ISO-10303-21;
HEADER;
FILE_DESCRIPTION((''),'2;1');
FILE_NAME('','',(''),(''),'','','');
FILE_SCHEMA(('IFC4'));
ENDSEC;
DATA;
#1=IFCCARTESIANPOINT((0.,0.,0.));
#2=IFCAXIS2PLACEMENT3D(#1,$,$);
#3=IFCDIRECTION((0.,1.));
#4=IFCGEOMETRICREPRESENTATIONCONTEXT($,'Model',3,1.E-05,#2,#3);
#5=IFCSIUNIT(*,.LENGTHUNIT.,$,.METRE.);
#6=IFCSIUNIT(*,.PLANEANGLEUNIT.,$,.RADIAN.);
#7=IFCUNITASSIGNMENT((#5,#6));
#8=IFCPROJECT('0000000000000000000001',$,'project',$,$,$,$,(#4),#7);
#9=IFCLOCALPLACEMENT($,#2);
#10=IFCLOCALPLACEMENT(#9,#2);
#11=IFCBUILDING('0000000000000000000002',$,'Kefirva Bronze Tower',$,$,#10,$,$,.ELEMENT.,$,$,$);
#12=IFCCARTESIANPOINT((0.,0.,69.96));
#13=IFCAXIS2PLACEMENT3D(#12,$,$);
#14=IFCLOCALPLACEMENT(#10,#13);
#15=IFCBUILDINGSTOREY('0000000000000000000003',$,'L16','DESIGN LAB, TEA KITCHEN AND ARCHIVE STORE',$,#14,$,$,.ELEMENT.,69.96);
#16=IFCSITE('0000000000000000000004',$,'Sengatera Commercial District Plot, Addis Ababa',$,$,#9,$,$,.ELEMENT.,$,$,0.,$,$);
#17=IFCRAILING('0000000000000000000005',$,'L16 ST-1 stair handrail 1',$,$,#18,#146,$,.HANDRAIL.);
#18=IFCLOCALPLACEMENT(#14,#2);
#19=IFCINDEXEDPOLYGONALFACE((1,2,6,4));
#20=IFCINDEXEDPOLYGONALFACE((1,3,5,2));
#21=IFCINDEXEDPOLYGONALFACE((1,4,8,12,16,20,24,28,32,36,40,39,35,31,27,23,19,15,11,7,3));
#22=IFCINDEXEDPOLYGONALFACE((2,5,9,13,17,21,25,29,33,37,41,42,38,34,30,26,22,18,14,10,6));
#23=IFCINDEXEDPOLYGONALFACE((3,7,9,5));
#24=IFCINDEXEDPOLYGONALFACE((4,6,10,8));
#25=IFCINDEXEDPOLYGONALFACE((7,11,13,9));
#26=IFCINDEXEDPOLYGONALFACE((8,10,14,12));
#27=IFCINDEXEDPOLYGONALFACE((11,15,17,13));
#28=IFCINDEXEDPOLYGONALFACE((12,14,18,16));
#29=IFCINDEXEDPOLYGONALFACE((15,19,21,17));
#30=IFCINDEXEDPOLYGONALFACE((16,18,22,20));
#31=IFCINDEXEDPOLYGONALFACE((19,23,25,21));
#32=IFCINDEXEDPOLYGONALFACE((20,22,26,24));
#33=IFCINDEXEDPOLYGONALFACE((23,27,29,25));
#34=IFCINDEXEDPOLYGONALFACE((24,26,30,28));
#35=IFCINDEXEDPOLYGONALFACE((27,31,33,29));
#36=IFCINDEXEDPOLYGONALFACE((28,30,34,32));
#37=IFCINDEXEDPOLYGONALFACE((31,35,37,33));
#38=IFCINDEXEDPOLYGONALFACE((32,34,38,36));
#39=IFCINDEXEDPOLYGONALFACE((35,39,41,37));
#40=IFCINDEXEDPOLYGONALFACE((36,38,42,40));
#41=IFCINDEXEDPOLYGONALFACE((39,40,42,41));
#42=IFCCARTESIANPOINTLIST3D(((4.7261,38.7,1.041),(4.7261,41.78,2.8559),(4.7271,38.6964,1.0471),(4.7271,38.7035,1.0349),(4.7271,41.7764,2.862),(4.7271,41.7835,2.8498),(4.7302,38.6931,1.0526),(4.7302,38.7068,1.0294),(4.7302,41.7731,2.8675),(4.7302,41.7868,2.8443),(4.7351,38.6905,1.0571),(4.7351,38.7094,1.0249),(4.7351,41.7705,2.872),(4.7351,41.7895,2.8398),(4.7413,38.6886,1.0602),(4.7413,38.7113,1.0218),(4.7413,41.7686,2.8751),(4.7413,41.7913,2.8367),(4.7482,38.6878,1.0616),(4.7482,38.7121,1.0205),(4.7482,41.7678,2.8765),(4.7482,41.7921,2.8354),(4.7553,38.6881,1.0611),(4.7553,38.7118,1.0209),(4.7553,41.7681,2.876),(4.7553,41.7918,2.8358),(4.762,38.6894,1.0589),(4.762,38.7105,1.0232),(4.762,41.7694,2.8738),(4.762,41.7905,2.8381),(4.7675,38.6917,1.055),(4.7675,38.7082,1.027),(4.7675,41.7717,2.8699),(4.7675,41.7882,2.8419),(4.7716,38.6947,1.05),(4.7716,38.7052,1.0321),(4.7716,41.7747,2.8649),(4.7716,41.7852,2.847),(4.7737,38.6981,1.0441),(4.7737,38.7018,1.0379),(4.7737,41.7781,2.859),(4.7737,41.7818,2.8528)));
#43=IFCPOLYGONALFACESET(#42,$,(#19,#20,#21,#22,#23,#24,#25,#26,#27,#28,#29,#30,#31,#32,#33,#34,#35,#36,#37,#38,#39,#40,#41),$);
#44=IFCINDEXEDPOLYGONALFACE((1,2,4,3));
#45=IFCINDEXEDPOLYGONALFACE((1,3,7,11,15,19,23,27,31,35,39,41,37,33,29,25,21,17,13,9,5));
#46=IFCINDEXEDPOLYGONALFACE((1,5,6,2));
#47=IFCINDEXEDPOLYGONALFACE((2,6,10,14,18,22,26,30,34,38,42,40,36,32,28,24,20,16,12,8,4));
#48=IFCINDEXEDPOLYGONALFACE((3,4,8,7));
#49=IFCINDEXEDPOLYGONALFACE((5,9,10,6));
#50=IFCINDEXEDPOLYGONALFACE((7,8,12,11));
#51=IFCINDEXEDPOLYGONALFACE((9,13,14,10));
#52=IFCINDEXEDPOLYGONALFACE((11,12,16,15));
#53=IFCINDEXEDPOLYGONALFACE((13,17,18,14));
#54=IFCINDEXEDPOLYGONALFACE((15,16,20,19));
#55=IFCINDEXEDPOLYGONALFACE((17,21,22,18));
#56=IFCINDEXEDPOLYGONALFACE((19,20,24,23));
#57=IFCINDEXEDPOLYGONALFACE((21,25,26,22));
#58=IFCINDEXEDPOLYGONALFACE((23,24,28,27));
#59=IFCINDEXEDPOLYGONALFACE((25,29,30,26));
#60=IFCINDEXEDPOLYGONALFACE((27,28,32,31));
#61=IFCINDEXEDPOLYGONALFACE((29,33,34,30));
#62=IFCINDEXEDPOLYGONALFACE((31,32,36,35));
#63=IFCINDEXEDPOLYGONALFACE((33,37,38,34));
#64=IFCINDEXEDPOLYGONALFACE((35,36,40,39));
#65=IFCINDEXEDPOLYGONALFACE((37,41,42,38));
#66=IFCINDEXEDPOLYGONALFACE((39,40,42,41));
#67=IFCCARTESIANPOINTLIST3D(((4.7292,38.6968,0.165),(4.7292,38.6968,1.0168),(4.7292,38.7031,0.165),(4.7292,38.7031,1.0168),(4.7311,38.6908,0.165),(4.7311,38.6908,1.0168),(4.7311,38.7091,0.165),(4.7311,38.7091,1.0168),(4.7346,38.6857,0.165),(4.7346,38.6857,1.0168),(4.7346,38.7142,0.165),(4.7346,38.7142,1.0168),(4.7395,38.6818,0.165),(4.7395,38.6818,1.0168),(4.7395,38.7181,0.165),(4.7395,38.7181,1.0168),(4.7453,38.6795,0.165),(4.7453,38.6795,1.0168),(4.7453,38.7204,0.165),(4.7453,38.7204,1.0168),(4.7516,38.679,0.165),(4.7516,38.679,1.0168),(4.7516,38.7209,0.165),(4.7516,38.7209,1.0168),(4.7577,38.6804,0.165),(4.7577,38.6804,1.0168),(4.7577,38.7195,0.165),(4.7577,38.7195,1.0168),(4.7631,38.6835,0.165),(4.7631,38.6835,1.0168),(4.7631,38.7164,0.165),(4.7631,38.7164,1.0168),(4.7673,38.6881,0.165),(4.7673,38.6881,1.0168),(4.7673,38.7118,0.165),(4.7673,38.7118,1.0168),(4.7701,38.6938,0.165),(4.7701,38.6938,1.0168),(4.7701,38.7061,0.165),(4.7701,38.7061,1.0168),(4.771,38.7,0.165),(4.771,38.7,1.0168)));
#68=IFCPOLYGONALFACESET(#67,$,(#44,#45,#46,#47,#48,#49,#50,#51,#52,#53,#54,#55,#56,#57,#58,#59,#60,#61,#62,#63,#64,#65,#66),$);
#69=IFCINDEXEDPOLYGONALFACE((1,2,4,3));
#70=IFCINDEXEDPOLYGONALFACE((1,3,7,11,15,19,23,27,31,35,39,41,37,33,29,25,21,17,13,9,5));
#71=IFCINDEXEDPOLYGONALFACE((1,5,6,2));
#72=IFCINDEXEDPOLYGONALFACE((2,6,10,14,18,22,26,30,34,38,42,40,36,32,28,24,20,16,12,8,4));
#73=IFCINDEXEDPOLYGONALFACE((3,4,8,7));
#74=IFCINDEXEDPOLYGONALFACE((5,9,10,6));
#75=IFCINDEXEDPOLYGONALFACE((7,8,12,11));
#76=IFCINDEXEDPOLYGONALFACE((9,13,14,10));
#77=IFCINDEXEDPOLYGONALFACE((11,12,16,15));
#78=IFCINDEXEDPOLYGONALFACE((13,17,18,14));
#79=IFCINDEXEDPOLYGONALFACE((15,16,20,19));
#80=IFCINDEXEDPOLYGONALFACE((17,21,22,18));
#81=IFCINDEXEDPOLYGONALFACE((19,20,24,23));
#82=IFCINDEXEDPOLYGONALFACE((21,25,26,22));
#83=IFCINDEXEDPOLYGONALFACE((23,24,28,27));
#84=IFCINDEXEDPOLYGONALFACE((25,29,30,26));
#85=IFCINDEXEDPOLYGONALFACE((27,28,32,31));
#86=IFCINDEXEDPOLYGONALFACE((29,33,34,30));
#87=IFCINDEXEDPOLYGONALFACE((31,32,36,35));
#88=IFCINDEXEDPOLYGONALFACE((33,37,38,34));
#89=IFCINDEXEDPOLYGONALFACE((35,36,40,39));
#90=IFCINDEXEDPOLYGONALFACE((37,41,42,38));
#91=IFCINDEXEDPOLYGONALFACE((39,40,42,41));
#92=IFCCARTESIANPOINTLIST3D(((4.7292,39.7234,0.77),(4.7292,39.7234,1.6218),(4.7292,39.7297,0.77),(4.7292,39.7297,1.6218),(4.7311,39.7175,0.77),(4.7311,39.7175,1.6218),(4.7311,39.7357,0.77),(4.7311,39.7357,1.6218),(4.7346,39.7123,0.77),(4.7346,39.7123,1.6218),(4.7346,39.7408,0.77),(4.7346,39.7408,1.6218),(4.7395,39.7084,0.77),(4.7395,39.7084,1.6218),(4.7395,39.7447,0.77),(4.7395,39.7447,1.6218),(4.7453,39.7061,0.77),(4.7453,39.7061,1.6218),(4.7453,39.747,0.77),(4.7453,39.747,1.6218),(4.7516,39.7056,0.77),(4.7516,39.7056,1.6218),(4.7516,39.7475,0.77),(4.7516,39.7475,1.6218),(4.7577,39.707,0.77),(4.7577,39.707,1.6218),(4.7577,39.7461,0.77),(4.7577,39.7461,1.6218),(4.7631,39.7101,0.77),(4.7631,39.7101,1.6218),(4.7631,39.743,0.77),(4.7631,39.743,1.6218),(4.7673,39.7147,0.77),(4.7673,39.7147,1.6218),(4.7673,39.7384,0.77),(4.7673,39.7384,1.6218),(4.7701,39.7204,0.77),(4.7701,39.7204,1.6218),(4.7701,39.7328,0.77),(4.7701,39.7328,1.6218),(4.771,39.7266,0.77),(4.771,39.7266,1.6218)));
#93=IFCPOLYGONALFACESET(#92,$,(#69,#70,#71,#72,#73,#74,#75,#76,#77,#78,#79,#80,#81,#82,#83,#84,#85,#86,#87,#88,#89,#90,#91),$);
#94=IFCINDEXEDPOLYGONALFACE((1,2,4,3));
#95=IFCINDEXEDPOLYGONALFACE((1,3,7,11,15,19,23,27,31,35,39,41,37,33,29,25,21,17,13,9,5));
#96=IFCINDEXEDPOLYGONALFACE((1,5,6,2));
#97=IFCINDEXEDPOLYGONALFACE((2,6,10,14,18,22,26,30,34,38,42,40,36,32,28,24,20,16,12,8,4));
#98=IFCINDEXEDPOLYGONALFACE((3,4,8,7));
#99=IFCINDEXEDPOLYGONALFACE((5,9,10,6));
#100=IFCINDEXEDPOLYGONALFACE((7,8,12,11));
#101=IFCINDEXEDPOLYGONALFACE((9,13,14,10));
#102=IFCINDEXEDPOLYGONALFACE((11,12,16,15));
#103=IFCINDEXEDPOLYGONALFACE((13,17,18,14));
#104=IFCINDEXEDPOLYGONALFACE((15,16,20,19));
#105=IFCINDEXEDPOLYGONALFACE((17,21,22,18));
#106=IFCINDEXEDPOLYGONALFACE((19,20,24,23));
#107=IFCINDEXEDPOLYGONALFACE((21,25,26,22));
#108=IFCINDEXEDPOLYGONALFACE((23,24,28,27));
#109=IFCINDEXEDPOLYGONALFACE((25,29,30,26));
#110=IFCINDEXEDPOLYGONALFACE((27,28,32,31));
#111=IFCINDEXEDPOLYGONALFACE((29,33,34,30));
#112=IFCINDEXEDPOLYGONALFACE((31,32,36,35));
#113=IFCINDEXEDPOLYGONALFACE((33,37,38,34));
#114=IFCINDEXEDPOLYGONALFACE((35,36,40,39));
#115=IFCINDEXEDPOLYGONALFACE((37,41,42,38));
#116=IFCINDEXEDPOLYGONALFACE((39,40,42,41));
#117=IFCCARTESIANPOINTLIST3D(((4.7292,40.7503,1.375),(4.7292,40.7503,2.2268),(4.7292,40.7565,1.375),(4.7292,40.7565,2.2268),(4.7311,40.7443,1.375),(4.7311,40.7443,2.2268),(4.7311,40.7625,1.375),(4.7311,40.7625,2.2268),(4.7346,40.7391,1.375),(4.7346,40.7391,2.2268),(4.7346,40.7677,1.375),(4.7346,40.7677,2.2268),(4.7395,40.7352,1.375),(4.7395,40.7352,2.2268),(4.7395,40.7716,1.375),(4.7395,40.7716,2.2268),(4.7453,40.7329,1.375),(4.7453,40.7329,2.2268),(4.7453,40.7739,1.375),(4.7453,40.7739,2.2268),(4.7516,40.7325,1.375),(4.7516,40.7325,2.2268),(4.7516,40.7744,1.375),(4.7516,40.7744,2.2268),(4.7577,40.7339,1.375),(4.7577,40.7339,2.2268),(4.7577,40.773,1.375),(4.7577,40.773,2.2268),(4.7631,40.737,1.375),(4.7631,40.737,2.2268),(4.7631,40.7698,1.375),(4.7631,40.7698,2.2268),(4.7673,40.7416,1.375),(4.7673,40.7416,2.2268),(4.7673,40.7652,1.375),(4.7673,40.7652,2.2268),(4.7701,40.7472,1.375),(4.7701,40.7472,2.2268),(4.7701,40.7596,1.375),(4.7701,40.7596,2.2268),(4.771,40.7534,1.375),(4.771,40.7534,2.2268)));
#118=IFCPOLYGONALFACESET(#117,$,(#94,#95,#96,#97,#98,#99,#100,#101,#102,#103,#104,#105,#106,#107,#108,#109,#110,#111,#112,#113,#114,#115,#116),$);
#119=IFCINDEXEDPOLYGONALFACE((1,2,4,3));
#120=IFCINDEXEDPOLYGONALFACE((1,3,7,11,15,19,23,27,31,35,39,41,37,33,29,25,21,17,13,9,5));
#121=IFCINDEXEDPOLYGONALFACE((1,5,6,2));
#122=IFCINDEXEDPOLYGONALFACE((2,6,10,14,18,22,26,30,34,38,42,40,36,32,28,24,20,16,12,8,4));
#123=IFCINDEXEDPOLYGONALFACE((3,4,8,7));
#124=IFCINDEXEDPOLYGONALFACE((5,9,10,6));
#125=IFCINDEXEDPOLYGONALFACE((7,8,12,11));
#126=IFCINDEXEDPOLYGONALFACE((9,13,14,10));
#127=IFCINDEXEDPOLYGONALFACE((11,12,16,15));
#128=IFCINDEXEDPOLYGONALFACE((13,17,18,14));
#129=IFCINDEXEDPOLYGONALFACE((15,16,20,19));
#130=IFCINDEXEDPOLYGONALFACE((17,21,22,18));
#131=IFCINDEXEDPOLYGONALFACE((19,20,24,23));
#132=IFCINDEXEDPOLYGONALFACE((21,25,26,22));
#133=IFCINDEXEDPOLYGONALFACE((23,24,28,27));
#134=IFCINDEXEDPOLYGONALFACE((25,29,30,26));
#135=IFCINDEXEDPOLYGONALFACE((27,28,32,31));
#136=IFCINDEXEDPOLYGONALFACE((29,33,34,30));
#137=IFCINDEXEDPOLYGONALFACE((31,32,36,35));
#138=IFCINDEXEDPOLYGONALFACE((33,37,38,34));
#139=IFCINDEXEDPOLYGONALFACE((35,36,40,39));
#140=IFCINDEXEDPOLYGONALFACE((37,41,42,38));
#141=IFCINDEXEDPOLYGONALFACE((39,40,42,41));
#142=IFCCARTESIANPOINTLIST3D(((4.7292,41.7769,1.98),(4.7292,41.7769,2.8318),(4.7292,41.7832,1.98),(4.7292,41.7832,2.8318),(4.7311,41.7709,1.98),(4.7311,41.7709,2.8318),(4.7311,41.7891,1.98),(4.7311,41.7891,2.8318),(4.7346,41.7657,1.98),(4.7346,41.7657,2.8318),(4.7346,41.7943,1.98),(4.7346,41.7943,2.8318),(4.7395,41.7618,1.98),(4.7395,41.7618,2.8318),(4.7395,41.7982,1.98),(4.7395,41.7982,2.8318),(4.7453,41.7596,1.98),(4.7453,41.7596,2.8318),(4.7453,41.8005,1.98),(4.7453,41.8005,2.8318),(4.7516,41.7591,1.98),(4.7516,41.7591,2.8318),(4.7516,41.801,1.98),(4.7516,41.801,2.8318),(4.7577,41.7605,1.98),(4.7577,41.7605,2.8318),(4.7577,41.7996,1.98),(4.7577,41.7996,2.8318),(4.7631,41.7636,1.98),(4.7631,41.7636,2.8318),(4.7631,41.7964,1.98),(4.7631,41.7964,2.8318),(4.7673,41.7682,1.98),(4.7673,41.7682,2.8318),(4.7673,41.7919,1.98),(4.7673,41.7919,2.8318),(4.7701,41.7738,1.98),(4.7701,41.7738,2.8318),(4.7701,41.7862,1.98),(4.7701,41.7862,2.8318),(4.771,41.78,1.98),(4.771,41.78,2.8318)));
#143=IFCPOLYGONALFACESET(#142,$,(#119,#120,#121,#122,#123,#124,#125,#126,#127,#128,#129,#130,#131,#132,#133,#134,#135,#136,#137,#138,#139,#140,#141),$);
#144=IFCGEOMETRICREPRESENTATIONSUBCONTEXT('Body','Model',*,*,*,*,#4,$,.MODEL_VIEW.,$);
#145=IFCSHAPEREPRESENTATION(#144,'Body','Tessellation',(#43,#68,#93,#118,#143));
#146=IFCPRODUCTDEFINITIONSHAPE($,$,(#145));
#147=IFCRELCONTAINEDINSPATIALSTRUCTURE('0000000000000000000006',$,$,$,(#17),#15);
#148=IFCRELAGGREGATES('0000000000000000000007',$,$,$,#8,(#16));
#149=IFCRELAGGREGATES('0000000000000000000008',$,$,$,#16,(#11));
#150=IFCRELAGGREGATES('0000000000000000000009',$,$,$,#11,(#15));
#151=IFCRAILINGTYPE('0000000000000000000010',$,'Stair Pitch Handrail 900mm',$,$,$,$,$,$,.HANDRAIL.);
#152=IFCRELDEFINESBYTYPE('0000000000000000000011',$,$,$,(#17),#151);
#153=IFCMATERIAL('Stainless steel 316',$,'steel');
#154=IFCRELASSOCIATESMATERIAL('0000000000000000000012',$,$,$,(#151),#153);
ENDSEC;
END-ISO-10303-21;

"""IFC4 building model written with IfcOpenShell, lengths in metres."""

from ifc_helpers import new_model, si_unit, direction, frame, origin, origin_2d, place, context, subcontext, project, spatial, circle, extrude, material, type_object, element, save


model = new_model("IFC4")

# Units and contexts
model_context = context("Model", 3, precision=1e-05, world=origin(), true_north=direction((0.0, 1.0)))
body_context = subcontext(model_context, "Body", "Model", "MODEL_VIEW")
ifc_project = project(units=[si_unit("LENGTHUNIT", "METRE"), si_unit("PLANEANGLEUNIT", "RADIAN")], contexts=[model_context])

# Site, building, storey
site_placement = place(None, origin())
site = spatial("IfcSite", under=ifc_project, at=site_placement, Name="Sengatera Commercial District Plot, Addis Ababa", CompositionType="ELEMENT", RefElevation=0.0)
building_placement = place(site_placement, origin())
building = spatial("IfcBuilding", under=site, at=building_placement, Name="Kefirva Bronze Tower", CompositionType="ELEMENT")
storey_placement = place(building_placement, frame((0.0, 0.0, 69.96)))
storey = spatial("IfcBuildingStorey", under=building, at=storey_placement, Name="L16", Description="DESIGN LAB, TEA KITCHEN AND ARCHIVE STORE", CompositionType="ELEMENT", Elevation=69.96)

# Railing
ifc_material_1 = material(Name="Stainless steel 316", Category="steel")
railing_type_1 = type_object("IfcRailingType", Name="Stair Pitch Handrail 900mm", PredefinedType="HANDRAIL", material=ifc_material_1)
railing_1_placement = place(storey_placement, frame((4.75, 38.7, 0.165)))
element("IfcRailing", 1, at=railing_1_placement, inside=storey, type_object=railing_type_1, Name="L16 ST-1 stair handrail 1", PredefinedType="HANDRAIL", context=body_context, shape_type="SweptSolid", body=[
    extrude(circle(Radius=0.0239, at=origin_2d()), frame((0.0, 0.0, 0.876), z_axis=(0.0, 0.861551, 0.507671), x_axis=(-1.0, 0.0, 0.0)), (0.0, 0.0, 1.0), 3.575),
    extrude(circle(Radius=0.021, at=origin_2d()), origin(), (0.0, 0.0, 1.0), 0.8518),
    extrude(circle(Radius=0.021, at=origin_2d()), frame((0.0, 1.0266, 0.605)), (0.0, 0.0, 1.0), 0.8518),
    extrude(circle(Radius=0.021, at=origin_2d()), frame((0.0, 2.0535, 1.21)), (0.0, 0.0, 1.0), 0.8518),
    extrude(circle(Radius=0.021, at=origin_2d()), frame((0.0, 3.0801, 1.8149)), (0.0, 0.0, 1.0), 0.8518),
])

save(model, "model.ifc")
